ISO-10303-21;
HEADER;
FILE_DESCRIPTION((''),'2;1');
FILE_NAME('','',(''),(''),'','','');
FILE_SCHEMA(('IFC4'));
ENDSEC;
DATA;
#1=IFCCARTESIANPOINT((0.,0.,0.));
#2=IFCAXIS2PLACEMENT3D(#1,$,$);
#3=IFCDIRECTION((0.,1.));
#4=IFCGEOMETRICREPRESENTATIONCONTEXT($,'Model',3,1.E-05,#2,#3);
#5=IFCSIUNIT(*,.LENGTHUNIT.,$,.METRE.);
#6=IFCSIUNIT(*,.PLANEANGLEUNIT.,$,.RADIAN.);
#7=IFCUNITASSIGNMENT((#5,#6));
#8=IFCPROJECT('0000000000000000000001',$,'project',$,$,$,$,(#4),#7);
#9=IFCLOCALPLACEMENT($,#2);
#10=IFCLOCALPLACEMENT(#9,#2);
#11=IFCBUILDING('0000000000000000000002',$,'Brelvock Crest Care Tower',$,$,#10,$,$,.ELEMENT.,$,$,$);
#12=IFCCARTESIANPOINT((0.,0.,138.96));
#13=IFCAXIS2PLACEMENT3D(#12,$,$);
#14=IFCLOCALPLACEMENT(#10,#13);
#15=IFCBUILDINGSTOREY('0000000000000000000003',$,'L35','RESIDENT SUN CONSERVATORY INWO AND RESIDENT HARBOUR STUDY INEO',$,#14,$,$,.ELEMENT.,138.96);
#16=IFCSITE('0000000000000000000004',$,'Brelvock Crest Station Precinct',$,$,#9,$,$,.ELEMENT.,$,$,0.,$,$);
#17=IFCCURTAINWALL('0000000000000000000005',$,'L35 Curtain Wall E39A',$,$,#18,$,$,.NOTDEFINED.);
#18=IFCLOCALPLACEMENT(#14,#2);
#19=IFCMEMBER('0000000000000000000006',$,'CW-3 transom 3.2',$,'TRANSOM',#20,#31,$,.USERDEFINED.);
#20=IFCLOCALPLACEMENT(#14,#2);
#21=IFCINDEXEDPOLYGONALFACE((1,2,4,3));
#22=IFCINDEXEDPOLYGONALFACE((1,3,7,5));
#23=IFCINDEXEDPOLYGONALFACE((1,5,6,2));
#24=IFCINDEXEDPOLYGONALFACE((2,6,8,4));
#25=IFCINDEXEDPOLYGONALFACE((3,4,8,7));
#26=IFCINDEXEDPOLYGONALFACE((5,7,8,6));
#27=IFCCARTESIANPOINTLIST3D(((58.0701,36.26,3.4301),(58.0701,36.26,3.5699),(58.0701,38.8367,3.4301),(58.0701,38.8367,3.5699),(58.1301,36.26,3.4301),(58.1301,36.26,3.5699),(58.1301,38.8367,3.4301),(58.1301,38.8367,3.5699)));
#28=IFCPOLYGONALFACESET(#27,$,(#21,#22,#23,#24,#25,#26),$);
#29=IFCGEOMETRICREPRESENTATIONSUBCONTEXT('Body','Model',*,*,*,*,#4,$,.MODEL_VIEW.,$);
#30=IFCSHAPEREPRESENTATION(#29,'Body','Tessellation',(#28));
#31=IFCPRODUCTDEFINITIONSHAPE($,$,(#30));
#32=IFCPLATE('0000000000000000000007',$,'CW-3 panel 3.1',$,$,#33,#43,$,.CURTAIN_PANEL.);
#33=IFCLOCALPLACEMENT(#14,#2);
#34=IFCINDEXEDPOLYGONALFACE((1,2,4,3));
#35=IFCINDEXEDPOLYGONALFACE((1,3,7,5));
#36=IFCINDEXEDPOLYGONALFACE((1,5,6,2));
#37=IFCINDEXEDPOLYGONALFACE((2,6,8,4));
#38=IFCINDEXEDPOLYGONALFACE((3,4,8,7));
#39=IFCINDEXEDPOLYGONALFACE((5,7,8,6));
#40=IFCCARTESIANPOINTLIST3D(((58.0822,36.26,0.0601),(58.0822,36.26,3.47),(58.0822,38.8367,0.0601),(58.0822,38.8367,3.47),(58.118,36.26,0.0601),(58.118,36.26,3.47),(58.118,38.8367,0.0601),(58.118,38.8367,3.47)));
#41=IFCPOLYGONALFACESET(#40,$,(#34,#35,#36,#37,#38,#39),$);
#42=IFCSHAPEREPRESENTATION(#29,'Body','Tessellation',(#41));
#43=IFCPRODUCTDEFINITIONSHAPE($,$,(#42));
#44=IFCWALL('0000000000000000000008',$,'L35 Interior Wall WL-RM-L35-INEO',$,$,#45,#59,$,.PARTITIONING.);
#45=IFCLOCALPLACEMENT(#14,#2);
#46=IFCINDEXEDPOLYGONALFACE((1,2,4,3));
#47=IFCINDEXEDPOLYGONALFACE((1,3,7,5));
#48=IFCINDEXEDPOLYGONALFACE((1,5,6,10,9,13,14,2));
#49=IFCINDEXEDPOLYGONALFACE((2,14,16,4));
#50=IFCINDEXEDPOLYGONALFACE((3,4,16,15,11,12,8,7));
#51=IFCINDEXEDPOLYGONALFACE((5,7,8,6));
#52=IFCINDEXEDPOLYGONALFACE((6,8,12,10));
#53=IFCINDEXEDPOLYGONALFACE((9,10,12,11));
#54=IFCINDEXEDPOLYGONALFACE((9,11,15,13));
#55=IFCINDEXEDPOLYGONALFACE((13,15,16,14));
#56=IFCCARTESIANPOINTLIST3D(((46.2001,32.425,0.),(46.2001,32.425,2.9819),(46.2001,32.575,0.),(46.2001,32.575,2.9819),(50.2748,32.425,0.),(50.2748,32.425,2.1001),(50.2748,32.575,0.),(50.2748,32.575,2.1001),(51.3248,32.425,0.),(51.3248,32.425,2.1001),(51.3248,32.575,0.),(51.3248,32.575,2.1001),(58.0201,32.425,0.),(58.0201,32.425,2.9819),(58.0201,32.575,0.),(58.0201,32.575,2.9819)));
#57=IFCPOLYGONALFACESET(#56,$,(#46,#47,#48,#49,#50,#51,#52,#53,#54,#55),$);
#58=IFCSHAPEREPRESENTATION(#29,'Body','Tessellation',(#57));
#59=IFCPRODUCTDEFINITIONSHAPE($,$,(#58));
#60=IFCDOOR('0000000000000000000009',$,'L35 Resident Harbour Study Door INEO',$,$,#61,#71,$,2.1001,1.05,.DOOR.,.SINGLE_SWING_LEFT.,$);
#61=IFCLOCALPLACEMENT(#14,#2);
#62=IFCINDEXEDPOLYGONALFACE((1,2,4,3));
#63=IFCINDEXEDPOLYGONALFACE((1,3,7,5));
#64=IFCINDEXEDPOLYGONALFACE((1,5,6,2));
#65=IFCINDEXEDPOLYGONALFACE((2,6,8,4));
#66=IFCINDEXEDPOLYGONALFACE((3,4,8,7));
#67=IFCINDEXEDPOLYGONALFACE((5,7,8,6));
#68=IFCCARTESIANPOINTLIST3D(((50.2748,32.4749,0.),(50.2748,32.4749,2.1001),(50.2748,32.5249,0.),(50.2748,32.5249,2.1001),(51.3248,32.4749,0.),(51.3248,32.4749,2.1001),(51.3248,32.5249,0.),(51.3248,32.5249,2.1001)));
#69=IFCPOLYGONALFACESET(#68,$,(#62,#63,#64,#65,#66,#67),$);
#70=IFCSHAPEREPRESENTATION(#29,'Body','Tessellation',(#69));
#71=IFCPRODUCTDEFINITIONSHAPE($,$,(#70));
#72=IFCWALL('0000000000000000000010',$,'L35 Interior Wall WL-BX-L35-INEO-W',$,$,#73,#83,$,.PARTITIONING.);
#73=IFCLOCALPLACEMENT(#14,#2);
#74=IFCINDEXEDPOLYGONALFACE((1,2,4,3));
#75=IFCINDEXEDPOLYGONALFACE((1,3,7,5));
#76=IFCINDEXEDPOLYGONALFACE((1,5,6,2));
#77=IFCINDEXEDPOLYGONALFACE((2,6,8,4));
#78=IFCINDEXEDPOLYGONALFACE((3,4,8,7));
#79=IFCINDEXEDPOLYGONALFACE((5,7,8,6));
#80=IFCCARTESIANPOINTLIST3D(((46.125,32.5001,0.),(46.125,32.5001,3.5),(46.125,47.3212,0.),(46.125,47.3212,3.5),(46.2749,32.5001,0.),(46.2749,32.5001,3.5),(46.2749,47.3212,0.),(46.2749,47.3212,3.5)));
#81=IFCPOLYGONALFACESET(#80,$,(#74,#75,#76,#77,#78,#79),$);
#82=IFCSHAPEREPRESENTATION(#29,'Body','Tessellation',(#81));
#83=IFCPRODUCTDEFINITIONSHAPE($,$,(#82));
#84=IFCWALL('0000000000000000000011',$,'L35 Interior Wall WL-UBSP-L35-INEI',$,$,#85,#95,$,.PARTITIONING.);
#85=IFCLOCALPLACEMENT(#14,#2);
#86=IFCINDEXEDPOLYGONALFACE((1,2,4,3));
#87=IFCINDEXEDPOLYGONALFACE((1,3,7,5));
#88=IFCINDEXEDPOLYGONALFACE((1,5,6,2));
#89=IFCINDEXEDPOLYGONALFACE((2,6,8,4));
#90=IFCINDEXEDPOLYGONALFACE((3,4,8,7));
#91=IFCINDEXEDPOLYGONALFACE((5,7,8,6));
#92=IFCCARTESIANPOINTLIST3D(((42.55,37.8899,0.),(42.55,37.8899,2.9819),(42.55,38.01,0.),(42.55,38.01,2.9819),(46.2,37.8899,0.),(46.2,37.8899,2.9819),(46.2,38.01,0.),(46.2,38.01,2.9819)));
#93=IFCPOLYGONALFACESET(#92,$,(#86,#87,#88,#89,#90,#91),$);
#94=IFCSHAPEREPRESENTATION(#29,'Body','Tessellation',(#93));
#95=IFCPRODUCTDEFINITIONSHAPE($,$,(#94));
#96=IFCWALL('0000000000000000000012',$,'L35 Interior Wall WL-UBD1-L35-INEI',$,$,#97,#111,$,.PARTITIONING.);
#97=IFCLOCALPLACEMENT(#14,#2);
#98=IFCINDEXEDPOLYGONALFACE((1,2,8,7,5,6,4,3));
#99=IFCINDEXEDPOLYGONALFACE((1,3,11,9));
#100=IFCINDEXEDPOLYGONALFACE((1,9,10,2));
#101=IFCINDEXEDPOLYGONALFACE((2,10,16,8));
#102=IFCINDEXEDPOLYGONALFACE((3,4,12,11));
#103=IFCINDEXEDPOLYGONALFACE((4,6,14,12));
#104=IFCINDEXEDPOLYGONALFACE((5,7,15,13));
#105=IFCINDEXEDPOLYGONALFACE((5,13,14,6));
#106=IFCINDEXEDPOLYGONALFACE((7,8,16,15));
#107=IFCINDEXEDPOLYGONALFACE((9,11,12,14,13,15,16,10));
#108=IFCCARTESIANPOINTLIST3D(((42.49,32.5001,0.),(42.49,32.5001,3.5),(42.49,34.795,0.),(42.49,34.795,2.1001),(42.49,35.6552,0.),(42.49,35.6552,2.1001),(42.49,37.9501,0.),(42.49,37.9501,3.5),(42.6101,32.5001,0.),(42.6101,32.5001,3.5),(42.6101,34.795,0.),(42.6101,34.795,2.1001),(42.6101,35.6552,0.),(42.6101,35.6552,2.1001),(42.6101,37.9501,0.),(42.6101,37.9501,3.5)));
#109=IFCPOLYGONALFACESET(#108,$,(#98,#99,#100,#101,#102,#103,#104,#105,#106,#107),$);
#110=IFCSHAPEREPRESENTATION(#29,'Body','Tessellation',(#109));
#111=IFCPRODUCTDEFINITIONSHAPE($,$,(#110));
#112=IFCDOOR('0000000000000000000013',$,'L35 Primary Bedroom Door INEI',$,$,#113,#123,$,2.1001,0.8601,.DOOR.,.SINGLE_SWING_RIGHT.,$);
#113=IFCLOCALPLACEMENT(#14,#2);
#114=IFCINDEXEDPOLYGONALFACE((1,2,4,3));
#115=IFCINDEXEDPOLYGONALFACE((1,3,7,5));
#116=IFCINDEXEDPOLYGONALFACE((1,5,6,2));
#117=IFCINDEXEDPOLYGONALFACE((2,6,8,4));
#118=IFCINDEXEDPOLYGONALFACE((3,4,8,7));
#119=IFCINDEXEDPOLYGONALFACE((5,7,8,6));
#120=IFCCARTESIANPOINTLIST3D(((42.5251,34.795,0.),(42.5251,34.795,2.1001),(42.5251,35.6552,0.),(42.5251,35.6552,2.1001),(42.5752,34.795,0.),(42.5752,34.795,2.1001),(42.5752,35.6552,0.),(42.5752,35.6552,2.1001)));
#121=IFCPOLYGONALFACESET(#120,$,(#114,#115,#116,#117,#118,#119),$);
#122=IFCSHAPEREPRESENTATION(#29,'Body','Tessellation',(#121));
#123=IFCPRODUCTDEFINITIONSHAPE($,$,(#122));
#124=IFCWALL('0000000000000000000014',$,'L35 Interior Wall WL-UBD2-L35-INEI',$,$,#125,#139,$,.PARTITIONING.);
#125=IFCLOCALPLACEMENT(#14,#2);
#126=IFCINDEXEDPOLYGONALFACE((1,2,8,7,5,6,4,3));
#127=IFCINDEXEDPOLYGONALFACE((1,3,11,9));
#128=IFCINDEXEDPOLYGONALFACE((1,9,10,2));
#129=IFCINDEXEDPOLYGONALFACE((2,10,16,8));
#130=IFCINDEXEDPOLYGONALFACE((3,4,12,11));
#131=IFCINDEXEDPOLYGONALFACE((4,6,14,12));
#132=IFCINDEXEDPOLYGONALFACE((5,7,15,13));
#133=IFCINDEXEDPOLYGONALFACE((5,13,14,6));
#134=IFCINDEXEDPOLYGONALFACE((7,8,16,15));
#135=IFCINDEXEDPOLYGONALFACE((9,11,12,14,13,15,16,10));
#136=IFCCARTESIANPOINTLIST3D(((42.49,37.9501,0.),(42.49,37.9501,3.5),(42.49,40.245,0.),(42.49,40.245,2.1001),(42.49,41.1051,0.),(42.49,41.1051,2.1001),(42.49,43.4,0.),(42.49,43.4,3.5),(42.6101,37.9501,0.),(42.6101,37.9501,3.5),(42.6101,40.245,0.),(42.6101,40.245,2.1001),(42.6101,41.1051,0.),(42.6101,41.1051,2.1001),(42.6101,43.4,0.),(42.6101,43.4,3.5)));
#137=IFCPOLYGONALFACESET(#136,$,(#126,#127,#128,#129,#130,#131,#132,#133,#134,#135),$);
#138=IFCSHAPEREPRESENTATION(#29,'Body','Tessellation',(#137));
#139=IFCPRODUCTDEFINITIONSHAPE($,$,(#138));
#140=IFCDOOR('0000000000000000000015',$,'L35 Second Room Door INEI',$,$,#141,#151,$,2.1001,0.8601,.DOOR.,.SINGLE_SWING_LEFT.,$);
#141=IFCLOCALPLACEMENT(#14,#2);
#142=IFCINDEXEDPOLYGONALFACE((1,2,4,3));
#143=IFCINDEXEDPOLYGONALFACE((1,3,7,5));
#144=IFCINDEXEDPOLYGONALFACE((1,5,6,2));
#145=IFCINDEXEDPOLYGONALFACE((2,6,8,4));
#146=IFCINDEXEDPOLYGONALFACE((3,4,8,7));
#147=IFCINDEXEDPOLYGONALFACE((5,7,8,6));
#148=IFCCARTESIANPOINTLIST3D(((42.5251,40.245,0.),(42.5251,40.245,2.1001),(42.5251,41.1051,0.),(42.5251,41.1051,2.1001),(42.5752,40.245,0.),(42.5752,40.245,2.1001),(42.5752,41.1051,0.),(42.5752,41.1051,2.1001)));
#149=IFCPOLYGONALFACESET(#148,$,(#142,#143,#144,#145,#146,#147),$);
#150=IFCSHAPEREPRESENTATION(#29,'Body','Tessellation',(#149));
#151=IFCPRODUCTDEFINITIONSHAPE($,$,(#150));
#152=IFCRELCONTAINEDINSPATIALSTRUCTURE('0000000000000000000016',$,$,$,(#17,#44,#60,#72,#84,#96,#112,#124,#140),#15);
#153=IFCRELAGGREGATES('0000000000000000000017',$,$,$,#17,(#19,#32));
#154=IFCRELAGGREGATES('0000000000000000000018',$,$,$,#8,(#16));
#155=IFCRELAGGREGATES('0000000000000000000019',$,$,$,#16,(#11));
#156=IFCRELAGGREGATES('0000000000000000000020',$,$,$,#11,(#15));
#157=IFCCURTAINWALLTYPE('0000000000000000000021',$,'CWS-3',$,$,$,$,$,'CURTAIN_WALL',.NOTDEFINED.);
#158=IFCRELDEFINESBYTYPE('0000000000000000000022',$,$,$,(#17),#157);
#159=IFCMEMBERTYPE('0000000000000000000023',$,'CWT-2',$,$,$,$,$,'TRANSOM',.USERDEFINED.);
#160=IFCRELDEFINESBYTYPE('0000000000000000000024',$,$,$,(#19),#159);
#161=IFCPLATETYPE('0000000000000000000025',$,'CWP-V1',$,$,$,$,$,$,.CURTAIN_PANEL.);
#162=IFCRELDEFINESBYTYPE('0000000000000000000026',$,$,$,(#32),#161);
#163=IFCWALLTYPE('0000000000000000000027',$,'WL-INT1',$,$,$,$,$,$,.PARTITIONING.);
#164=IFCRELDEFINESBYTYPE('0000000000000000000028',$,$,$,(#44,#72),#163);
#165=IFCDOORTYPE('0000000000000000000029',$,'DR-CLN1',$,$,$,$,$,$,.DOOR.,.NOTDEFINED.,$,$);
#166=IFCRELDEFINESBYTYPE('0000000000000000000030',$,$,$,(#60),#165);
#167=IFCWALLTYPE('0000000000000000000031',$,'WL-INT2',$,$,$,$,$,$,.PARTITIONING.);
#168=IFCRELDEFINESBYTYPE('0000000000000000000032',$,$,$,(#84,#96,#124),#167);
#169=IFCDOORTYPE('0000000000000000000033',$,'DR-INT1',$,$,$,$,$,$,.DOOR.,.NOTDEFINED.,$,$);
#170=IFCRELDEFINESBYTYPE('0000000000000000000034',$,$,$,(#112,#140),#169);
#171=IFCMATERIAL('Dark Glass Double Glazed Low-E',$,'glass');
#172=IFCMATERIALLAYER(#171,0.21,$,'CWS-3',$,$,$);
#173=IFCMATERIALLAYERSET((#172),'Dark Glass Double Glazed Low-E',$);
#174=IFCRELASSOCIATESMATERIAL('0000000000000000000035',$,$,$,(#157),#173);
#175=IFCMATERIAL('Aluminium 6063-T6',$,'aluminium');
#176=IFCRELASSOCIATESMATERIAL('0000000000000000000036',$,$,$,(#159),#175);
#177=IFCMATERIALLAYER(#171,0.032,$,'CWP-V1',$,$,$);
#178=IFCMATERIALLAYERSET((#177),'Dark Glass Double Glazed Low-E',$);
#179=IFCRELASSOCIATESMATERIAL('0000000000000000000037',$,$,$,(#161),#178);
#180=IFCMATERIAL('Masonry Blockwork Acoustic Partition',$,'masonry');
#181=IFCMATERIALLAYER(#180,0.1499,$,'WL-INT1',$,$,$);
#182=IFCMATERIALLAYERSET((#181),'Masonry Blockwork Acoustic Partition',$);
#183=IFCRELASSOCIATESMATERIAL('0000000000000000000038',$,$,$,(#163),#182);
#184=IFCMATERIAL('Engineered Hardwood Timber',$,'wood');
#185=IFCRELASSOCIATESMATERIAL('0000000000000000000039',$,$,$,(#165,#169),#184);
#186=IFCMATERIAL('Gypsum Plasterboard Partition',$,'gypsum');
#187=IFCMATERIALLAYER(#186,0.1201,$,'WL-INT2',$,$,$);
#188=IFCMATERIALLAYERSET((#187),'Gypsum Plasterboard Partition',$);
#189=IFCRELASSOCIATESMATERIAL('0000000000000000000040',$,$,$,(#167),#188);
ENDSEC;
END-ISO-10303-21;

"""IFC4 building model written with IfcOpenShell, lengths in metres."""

from ifc_helpers import new_model, si_unit, direction, frame, frame_2d, origin, origin_2d, place, context, subcontext, project, spatial, rectangle, extrude, source, transform, mapped, material, layer, layer_set, material_profile, profile_set, type_object, element, fill, aggregate, save


model = new_model("IFC4")

# Units and contexts
model_context = context("Model", 3, precision=1e-05, world=origin(), true_north=direction((0.0, 1.0)))
body_context = subcontext(model_context, "Body", "Model", "MODEL_VIEW")
ifc_project = project(units=[si_unit("LENGTHUNIT", "METRE"), si_unit("PLANEANGLEUNIT", "RADIAN")], contexts=[model_context])

# Site, building, storey
site_placement = place(None, origin())
site = spatial("IfcSite", under=ifc_project, at=site_placement, Name="Brelvock Crest Station Precinct", CompositionType="ELEMENT", RefElevation=0.0)
building_placement = place(site_placement, origin())
building = spatial("IfcBuilding", under=site, at=building_placement, Name="Brelvock Crest Care Tower", CompositionType="ELEMENT")
storey_placement = place(building_placement, frame((0.0, 0.0, 138.96)))
storey = spatial("IfcBuildingStorey", under=building, at=storey_placement, Name="L35", Description="RESIDENT SUN CONSERVATORY INWO AND RESIDENT HARBOUR STUDY INEO", CompositionType="ELEMENT", Elevation=138.96)

# Curtain wall
ifc_material_1 = material(Name="Dark Glass Double Glazed Low-E", Category="glass")
ifc_layer_1 = layer(ifc_material_1, 0.21, Name="CWS-3")
ifc_layer_set_1 = layer_set([ifc_layer_1], Name="Dark Glass Double Glazed Low-E")
curtain_wall_type = type_object("IfcCurtainWallType", Name="CWS-3", ElementType="CURTAIN_WALL", PredefinedType="NOTDEFINED", material=ifc_layer_set_1)
curtain_wall_1_placement = place(storey_placement, origin())
curtain_wall_1 = element("IfcCurtainWall", 1, at=curtain_wall_1_placement, inside=storey, type_object=curtain_wall_type, Name="L35 Curtain Wall E39A", PredefinedType="NOTDEFINED")
ifc_material_2 = material(Name="Aluminium 6063-T6", Category="aluminium")
ifc_material_profile_1 = material_profile(ifc_material_2, rectangle(XDim=0.0601, YDim=0.1399, at=origin_2d()), Name="ALU60x140")
ifc_profile_set_1 = profile_set([ifc_material_profile_1], Name="Aluminium 6063-T6")
member_type_1 = type_object("IfcMemberType", Name="CWT-2", ElementType="TRANSOM", PredefinedType="USERDEFINED", material=ifc_profile_set_1)

# Member
shared_shape_1 = source(origin(), body_context, "Body", "SweptSolid", [
    extrude(rectangle(XDim=0.0601, YDim=0.1399, at=origin_2d()), origin(), (0.0, 0.0, 1.0), 2.5767),
])
member_1_placement = place(storey_placement, frame((58.1001, 38.8367, 3.5), z_axis=(0.0, -1.0, 0.0), x_axis=(1.0, 0.0, 0.0)))
member_1 = element("IfcMember", 2, at=member_1_placement, type_object=member_type_1, Name="CW-3 transom 3.2", ObjectType="TRANSOM", PredefinedType="USERDEFINED", context=body_context, shape_type="MappedRepresentation", body=[
    mapped(shared_shape_1, transform((0.0, 0.0, 0.0), x_axis=(1.0, 0.0, 0.0), y_axis=(0.0, 1.0, 0.0), z_axis=(0.0, 0.0, 1.0), scale=1.0)),
])

# Plate
ifc_layer_2 = layer(ifc_material_1, 0.032, Name="CWP-V1")
ifc_layer_set_2 = layer_set([ifc_layer_2], Name="Dark Glass Double Glazed Low-E")
plate_type = type_object("IfcPlateType", Name="CWP-V1", PredefinedType="CURTAIN_PANEL", material=ifc_layer_set_2)
shared_shape_2 = source(origin(), body_context, "Body", "SweptSolid", [
    extrude(rectangle(XDim=2.5767, YDim=0.0359, at=origin_2d()), origin(), (0.0, 0.0, 1.0), 3.4099),
])
plate_placement = place(storey_placement, frame((58.1001, 37.5483, 0.0601), z_axis=(0.0, 0.0, 1.0), x_axis=(0.0, -1.0, 0.0)))
plate = element("IfcPlate", 3, at=plate_placement, type_object=plate_type, Name="CW-3 panel 3.1", PredefinedType="CURTAIN_PANEL", context=body_context, shape_type="MappedRepresentation", body=[
    mapped(shared_shape_2, transform((0.0, 0.0, 0.0), x_axis=(1.0, 0.0, 0.0), y_axis=(0.0, 1.0, 0.0), z_axis=(0.0, 0.0, 1.0), scale=1.0)),
])
aggregate(curtain_wall_1, [member_1, plate])

# Wall, opening, door
ifc_material_3 = material(Name="Masonry Blockwork Acoustic Partition", Category="masonry")
ifc_layer_3 = layer(ifc_material_3, 0.1499, Name="WL-INT1")
ifc_layer_set_3 = layer_set([ifc_layer_3], Name="Masonry Blockwork Acoustic Partition")
wall_type_1 = type_object("IfcWallType", Name="WL-INT1", PredefinedType="PARTITIONING", material=ifc_layer_set_3)
wall_1_placement = place(storey_placement, frame((46.2, 32.5, 0.0), z_axis=(0.0, 0.0, 1.0), x_axis=(1.0, 0.0, 0.0)))
wall_1 = element("IfcWall", 4, at=wall_1_placement, inside=storey, type_object=wall_type_1, Name="L35 Interior Wall WL-RM-L35-INEO", PredefinedType="PARTITIONING", context=body_context, shape_type="SweptSolid", body=[
    extrude(rectangle(XDim=11.8201, YDim=0.1499, at=frame_2d((5.9102, 0.0))), origin(), (0.0, 0.0, 1.0), 2.9819),
])
opening_1_placement = place(wall_1_placement, frame((4.075, 0.0, 0.0)))
opening_1 = element("IfcOpeningElement", 5, at=opening_1_placement, cuts=wall_1, PredefinedType="OPENING", context=body_context, shape_type="SweptSolid", body=[
    extrude(rectangle(XDim=1.05, YDim=2.1001, at=origin_2d()), frame((0.5249, 0.085, 1.05), z_axis=(0.0, -1.0, 0.0), x_axis=(1.0, 0.0, 0.0)), (0.0, 0.0, 1.0), 0.1699),
])
ifc_material_4 = material(Name="Engineered Hardwood Timber", Category="wood")
door_type_1 = type_object("IfcDoorType", Name="DR-CLN1", OperationType="NOTDEFINED", PredefinedType="DOOR", material=ifc_material_4)
shared_shape_3 = source(origin(), body_context, "Body", "SweptSolid", [
    extrude(rectangle(XDim=1.05, YDim=2.1001, at=origin_2d()), frame((0.5249, 0.0249, 1.05), z_axis=(0.0, -1.0, 0.0), x_axis=(1.0, 0.0, 0.0)), (0.0, 0.0, 1.0), 0.05),
])
door_1_placement = place(opening_1_placement, origin())
door_1 = element("IfcDoor", 6, at=door_1_placement, inside=storey, type_object=door_type_1, Name="L35 Resident Harbour Study Door INEO", OperationType="SINGLE_SWING_LEFT", OverallHeight=2.1001, OverallWidth=1.05, PredefinedType="DOOR", context=body_context, shape_type="MappedRepresentation", body=[
    mapped(shared_shape_3, transform((0.0, 0.0, 0.0), x_axis=(1.0, 0.0, 0.0), y_axis=(0.0, 1.0, 0.0), z_axis=(0.0, 0.0, 1.0), scale=1.0)),
])
fill(opening_1, door_1)

# Walls
wall_2_placement = place(storey_placement, frame((46.2, 32.5, 0.0), z_axis=(0.0, 0.0, 1.0), x_axis=(0.0, 1.0, 0.0)))
element("IfcWall", 7, at=wall_2_placement, inside=storey, type_object=wall_type_1, Name="L35 Interior Wall WL-BX-L35-INEO-W", PredefinedType="PARTITIONING", context=body_context, shape_type="SweptSolid", body=[
    extrude(rectangle(XDim=14.821, YDim=0.1499, at=frame_2d((7.4106, 0.0))), origin(), (0.0, 0.0, 1.0), 3.5),
])
ifc_material_5 = material(Name="Gypsum Plasterboard Partition", Category="gypsum")
ifc_layer_4 = layer(ifc_material_5, 0.1201, Name="WL-INT2")
ifc_layer_set_4 = layer_set([ifc_layer_4], Name="Gypsum Plasterboard Partition")
wall_type_2 = type_object("IfcWallType", Name="WL-INT2", PredefinedType="PARTITIONING", material=ifc_layer_set_4)
wall_3_placement = place(storey_placement, frame((42.55, 37.95, 0.0), z_axis=(0.0, 0.0, 1.0), x_axis=(1.0, 0.0, 0.0)))
element("IfcWall", 8, at=wall_3_placement, inside=storey, type_object=wall_type_2, Name="L35 Interior Wall WL-UBSP-L35-INEI", PredefinedType="PARTITIONING", context=body_context, shape_type="SweptSolid", body=[
    extrude(rectangle(XDim=3.6499, YDim=0.1201, at=frame_2d((1.825, 0.0))), origin(), (0.0, 0.0, 1.0), 2.9819),
])

# Walls, openings, doors
wall_4_placement = place(storey_placement, frame((42.55, 32.5, 0.0), z_axis=(0.0, 0.0, 1.0), x_axis=(0.0, 1.0, 0.0)))
wall_4 = element("IfcWall", 9, at=wall_4_placement, inside=storey, type_object=wall_type_2, Name="L35 Interior Wall WL-UBD1-L35-INEI", PredefinedType="PARTITIONING", context=body_context, shape_type="SweptSolid", body=[
    extrude(rectangle(XDim=5.45, YDim=0.1201, at=frame_2d((2.7251, 0.0))), origin(), (0.0, 0.0, 1.0), 3.5),
])
opening_2_placement = place(wall_4_placement, frame((2.2949, 0.0, 0.0)))
opening_2 = element("IfcOpeningElement", 10, at=opening_2_placement, cuts=wall_4, PredefinedType="OPENING", context=body_context, shape_type="SweptSolid", body=[
    extrude(rectangle(XDim=0.8601, YDim=2.1001, at=origin_2d()), frame((0.4302, 0.0701, 1.05), z_axis=(0.0, -1.0, 0.0), x_axis=(1.0, 0.0, 0.0)), (0.0, 0.0, 1.0), 0.1401),
])
door_type_2 = type_object("IfcDoorType", Name="DR-INT1", OperationType="NOTDEFINED", PredefinedType="DOOR", material=ifc_material_4)
shared_shape_4 = source(origin(), body_context, "Body", "SweptSolid", [
    extrude(rectangle(XDim=0.8601, YDim=2.1001, at=origin_2d()), frame((0.4302, 0.0249, 1.05), z_axis=(0.0, -1.0, 0.0), x_axis=(1.0, 0.0, 0.0)), (0.0, 0.0, 1.0), 0.05),
])
door_2_placement = place(opening_2_placement, origin())
door_2 = element("IfcDoor", 11, at=door_2_placement, inside=storey, type_object=door_type_2, Name="L35 Primary Bedroom Door INEI", OperationType="SINGLE_SWING_RIGHT", OverallHeight=2.1001, OverallWidth=0.8601, PredefinedType="DOOR", context=body_context, shape_type="MappedRepresentation", body=[
    mapped(shared_shape_4, transform((0.0, 0.0, 0.0), x_axis=(1.0, 0.0, 0.0), y_axis=(0.0, 1.0, 0.0), z_axis=(0.0, 0.0, 1.0), scale=1.0)),
])
fill(opening_2, door_2)
wall_5_placement = place(storey_placement, frame((42.55, 37.95, 0.0), z_axis=(0.0, 0.0, 1.0), x_axis=(0.0, 1.0, 0.0)))
wall_5 = element("IfcWall", 12, at=wall_5_placement, inside=storey, type_object=wall_type_2, Name="L35 Interior Wall WL-UBD2-L35-INEI", PredefinedType="PARTITIONING", context=body_context, shape_type="SweptSolid", body=[
    extrude(rectangle(XDim=5.45, YDim=0.1201, at=frame_2d((2.7251, 0.0))), origin(), (0.0, 0.0, 1.0), 3.5),
])
opening_3_placement = place(wall_5_placement, frame((2.2949, 0.0, 0.0)))
opening_3 = element("IfcOpeningElement", 13, at=opening_3_placement, cuts=wall_5, PredefinedType="OPENING", context=body_context, shape_type="SweptSolid", body=[
    extrude(rectangle(XDim=0.8601, YDim=2.1001, at=origin_2d()), frame((0.4302, 0.0701, 1.05), z_axis=(0.0, -1.0, 0.0), x_axis=(1.0, 0.0, 0.0)), (0.0, 0.0, 1.0), 0.1401),
])
door_3_placement = place(opening_3_placement, origin())
door_3 = element("IfcDoor", 14, at=door_3_placement, inside=storey, type_object=door_type_2, Name="L35 Second Room Door INEI", OperationType="SINGLE_SWING_LEFT", OverallHeight=2.1001, OverallWidth=0.8601, PredefinedType="DOOR", context=body_context, shape_type="MappedRepresentation", body=[
    mapped(shared_shape_4, transform((0.0, 0.0, 0.0), x_axis=(1.0, 0.0, 0.0), y_axis=(0.0, 1.0, 0.0), z_axis=(0.0, 0.0, 1.0), scale=1.0)),
])
fill(opening_3, door_3)

save(model, "model.ifc")
